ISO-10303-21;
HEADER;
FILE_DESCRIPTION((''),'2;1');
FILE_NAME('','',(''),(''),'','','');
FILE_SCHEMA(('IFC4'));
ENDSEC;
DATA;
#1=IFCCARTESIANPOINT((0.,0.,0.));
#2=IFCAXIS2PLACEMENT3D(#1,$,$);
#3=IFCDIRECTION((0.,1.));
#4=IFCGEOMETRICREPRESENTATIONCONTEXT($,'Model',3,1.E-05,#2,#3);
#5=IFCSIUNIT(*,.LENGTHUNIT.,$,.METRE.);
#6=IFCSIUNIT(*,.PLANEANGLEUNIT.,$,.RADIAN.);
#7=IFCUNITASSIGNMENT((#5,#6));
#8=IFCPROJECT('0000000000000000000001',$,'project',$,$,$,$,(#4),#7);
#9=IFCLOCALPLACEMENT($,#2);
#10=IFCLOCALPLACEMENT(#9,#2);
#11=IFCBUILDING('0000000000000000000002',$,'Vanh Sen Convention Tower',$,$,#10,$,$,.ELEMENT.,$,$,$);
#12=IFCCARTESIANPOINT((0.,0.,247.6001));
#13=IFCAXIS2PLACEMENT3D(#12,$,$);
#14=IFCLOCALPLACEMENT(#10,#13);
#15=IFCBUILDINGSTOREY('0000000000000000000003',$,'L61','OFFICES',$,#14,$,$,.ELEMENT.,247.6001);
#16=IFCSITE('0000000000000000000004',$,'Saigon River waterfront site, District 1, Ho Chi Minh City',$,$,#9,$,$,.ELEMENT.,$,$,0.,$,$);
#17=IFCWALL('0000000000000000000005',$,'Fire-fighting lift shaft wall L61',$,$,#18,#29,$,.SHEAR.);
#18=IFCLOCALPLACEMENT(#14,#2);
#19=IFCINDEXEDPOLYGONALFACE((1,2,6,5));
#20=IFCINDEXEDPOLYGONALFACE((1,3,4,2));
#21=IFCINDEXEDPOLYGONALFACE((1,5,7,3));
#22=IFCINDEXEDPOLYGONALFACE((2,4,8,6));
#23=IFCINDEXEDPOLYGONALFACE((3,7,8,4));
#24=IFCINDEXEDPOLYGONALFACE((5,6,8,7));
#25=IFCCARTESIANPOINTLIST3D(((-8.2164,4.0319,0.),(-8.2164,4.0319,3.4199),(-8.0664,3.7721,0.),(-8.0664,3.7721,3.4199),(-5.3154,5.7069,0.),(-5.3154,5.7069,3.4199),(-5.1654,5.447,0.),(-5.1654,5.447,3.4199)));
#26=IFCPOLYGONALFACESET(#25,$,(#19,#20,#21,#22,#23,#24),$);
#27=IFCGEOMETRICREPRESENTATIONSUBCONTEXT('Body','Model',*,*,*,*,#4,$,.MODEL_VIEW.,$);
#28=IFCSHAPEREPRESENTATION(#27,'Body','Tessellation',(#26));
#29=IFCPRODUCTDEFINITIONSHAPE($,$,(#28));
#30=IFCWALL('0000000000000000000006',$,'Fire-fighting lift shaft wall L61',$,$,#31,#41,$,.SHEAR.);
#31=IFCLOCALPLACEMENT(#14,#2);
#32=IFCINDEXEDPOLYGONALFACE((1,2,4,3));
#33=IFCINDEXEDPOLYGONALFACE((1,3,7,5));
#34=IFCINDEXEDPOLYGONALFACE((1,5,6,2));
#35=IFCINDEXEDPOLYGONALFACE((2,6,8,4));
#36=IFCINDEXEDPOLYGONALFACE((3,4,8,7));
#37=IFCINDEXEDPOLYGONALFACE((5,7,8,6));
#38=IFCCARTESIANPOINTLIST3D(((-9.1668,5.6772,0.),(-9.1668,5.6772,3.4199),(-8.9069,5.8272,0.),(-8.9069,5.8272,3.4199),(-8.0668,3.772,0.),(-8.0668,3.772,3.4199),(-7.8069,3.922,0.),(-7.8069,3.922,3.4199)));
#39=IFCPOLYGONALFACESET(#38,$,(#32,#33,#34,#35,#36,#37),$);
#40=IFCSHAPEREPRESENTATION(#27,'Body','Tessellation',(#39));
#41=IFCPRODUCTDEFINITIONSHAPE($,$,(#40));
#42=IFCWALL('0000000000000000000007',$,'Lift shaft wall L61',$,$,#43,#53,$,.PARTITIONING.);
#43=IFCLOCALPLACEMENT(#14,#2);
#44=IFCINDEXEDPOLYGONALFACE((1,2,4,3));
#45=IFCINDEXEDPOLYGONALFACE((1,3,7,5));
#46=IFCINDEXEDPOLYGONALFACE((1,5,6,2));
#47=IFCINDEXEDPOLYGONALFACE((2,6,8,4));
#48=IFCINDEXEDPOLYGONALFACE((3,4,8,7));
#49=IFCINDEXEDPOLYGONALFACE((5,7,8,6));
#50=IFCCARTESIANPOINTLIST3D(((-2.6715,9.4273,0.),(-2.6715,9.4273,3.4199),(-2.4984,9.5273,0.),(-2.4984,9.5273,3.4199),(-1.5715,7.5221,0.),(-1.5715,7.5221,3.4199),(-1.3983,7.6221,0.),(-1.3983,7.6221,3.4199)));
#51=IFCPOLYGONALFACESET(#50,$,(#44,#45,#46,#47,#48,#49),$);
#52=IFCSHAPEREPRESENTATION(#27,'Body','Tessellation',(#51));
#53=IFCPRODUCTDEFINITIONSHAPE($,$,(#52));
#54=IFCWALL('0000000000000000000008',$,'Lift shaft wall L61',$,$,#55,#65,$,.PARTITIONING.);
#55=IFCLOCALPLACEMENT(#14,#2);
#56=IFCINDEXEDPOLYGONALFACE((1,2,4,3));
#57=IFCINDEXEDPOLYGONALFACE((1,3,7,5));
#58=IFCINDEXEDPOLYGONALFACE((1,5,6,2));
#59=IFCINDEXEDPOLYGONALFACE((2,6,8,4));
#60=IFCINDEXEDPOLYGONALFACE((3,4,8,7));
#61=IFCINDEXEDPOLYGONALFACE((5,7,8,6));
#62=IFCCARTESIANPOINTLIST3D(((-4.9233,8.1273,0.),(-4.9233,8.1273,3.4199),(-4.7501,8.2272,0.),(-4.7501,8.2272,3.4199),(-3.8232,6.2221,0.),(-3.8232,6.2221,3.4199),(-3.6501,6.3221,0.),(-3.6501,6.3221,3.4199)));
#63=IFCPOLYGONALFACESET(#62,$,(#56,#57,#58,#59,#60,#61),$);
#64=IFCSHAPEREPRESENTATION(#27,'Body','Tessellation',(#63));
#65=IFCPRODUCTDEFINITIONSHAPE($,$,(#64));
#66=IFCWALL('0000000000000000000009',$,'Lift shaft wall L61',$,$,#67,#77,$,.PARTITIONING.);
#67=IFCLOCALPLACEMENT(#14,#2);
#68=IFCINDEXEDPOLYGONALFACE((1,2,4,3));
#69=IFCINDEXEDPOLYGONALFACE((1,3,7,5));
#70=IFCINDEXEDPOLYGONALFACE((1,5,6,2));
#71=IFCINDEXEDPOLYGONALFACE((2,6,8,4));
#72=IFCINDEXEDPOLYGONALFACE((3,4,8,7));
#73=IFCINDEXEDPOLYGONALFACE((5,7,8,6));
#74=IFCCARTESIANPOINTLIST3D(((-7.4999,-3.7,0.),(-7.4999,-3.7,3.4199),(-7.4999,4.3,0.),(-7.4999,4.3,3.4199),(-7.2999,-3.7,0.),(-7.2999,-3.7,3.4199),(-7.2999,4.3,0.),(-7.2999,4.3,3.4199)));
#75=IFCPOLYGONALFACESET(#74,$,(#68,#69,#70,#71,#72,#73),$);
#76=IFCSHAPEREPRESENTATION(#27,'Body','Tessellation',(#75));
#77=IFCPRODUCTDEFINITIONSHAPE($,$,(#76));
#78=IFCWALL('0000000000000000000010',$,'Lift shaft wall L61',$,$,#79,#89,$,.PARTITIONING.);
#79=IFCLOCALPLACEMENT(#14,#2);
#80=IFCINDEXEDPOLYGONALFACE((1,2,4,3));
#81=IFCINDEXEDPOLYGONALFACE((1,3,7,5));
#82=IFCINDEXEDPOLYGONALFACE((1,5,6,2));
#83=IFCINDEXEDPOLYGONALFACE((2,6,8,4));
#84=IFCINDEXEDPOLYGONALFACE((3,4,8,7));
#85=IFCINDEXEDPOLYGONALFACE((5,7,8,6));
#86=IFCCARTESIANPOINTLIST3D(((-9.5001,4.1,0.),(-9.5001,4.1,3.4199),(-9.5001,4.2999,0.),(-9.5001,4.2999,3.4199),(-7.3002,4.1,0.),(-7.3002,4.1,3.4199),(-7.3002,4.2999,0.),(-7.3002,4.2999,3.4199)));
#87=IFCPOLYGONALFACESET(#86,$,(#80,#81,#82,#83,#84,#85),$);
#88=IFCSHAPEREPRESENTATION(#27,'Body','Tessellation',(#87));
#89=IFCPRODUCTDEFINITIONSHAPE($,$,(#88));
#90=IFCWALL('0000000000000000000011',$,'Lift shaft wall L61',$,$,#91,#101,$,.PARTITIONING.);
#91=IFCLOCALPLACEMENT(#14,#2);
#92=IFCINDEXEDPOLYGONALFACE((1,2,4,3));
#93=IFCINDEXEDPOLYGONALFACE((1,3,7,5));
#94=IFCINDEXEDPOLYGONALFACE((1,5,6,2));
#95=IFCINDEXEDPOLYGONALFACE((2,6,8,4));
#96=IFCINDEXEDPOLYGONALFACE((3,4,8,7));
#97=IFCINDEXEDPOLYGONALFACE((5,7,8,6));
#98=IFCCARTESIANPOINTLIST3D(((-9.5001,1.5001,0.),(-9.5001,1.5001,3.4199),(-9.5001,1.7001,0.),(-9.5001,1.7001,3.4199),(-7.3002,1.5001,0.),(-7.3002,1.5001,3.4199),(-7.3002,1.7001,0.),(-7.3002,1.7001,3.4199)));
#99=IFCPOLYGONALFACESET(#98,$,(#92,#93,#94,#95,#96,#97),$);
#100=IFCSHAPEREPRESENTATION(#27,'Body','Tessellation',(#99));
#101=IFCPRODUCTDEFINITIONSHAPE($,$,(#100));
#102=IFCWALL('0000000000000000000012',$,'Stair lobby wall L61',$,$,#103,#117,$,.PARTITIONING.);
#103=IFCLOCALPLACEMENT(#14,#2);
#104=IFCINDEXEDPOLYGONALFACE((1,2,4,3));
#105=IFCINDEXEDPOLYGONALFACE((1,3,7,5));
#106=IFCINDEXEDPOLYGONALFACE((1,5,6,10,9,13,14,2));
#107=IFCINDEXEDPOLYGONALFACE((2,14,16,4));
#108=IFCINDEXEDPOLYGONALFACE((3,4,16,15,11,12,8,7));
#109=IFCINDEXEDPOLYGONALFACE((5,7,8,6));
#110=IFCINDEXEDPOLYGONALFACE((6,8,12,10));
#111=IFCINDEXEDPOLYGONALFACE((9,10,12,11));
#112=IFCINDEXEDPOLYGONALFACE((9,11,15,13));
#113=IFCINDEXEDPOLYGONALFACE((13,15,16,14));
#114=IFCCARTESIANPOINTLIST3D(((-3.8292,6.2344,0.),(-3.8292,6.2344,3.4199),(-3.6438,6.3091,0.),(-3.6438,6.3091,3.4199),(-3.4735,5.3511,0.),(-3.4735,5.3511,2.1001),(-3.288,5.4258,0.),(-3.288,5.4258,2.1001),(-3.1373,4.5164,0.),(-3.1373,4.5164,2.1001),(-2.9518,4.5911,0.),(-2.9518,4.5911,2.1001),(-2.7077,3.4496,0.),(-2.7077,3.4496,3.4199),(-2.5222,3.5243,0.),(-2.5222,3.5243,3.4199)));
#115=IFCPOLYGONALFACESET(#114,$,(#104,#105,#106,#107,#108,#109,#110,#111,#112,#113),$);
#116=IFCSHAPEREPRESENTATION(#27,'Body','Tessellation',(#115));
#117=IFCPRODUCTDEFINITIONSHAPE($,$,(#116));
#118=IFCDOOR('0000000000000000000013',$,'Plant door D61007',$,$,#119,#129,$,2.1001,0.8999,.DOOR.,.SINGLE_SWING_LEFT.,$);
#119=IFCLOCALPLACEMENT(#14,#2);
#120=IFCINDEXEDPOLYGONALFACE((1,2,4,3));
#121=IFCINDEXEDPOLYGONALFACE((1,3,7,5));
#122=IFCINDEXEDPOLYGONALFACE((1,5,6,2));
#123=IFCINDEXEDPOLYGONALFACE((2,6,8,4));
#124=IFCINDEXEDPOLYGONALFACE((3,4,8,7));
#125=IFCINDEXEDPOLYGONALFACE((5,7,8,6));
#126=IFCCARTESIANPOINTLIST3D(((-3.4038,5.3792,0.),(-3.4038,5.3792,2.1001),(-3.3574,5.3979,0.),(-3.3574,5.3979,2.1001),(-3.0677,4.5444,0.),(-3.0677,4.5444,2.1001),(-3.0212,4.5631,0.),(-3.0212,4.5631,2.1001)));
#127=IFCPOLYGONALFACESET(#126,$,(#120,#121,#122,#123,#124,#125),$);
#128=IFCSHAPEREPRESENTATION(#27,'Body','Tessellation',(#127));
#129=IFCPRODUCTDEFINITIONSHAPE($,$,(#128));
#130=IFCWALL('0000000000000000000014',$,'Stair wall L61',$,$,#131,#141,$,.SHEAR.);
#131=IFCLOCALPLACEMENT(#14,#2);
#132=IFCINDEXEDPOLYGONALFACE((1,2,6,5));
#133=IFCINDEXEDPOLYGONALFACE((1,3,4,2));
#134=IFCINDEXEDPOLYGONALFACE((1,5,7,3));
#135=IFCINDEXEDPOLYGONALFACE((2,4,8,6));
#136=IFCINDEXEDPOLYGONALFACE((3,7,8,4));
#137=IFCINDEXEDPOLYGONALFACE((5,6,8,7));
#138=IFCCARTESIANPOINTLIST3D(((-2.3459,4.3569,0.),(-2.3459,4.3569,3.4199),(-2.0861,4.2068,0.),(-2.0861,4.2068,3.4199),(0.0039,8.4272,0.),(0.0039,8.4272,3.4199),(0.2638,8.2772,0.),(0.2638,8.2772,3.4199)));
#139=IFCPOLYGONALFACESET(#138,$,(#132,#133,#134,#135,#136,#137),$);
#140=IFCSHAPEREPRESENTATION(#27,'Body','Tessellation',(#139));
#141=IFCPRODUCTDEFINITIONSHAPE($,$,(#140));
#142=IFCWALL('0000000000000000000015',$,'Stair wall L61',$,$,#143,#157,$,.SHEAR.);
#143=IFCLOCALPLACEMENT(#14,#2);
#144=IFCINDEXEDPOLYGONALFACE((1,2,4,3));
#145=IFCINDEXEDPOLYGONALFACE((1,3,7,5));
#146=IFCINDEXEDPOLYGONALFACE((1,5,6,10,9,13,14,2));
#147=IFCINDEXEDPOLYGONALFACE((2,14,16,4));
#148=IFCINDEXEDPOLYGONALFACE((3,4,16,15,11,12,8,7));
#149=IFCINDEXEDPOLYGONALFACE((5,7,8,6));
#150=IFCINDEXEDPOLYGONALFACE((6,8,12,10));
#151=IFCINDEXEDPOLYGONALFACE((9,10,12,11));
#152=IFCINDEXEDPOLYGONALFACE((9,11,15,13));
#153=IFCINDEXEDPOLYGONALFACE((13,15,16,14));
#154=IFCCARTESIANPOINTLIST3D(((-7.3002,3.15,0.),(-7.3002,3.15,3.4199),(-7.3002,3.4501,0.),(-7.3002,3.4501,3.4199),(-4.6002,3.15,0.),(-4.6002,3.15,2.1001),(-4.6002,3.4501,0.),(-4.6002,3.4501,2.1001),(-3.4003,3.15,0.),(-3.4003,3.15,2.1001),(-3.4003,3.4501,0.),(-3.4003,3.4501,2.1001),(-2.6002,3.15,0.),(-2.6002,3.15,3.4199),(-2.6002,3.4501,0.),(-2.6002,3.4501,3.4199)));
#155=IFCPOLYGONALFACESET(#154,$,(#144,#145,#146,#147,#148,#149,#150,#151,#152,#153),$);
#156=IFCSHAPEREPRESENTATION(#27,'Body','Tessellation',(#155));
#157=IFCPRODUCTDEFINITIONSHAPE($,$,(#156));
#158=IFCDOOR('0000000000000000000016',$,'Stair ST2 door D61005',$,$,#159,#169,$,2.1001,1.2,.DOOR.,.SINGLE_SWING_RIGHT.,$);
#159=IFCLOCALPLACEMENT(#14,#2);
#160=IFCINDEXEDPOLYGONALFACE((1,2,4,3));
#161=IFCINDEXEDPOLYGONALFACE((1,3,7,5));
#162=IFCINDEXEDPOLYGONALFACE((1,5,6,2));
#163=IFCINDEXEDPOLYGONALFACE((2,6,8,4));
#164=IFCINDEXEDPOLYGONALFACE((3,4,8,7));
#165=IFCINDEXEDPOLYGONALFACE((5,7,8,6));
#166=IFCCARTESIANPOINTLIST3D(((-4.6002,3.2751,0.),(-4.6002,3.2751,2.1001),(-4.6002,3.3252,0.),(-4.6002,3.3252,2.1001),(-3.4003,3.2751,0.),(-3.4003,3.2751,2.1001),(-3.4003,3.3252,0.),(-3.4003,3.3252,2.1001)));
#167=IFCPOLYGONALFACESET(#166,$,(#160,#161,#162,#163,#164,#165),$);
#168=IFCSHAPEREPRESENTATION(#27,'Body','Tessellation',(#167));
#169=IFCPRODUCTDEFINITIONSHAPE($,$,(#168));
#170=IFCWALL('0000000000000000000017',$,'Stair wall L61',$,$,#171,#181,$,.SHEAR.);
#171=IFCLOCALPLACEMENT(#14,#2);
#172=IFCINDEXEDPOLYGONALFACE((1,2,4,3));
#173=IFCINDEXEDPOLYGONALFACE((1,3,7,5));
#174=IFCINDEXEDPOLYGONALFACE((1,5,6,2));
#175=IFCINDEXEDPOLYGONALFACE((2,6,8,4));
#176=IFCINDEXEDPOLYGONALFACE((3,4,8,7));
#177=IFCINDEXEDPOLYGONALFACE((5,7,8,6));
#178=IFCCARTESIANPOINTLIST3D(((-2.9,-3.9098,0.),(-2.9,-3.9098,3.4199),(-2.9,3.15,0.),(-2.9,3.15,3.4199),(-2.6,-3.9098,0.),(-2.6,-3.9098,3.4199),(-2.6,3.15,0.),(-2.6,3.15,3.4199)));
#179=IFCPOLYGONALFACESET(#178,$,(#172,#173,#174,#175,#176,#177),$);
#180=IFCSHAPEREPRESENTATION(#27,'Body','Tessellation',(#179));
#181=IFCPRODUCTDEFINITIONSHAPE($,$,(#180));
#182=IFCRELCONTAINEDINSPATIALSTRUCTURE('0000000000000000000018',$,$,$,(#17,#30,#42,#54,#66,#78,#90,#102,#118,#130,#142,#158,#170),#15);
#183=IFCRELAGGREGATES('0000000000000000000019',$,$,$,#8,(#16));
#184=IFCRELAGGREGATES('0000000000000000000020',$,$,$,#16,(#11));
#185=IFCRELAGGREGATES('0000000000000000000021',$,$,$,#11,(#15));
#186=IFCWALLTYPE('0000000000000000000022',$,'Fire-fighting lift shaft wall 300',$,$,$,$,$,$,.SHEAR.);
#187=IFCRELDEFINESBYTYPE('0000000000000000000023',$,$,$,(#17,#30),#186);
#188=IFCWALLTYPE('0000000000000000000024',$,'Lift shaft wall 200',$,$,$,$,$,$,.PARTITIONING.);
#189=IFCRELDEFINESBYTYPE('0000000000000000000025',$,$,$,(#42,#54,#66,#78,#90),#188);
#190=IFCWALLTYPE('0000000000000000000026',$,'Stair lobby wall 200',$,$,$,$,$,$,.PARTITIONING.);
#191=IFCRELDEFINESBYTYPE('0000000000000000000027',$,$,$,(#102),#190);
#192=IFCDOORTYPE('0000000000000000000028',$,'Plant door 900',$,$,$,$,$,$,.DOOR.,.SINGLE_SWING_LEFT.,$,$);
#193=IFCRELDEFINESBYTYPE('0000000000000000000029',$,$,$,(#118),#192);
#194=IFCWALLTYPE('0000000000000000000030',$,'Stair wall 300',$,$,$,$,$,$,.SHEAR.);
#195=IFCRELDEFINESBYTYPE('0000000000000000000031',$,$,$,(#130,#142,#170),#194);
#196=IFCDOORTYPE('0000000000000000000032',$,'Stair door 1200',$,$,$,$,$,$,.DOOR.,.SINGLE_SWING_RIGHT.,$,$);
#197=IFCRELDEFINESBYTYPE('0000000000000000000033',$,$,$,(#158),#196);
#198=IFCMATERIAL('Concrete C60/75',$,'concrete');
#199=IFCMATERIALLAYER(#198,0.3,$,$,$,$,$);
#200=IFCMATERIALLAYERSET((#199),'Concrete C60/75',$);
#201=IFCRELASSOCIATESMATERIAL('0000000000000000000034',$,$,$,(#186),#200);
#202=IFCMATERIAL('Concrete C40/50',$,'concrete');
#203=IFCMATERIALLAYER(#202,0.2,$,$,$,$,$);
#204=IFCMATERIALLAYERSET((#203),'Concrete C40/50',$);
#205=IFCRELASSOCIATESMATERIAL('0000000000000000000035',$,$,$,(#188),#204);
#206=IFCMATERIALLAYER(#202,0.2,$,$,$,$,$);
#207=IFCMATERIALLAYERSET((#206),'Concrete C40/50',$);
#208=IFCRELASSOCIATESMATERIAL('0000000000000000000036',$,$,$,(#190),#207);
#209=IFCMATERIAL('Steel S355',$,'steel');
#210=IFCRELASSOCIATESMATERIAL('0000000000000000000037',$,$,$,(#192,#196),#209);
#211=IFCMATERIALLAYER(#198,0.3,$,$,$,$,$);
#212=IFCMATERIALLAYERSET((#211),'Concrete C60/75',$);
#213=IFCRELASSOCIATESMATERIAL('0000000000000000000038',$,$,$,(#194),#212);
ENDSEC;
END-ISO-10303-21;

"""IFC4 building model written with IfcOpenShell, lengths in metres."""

from ifc_helpers import new_model, si_unit, direction, frame, frame_2d, origin, place, context, subcontext, project, spatial, rectangle, extrude, material, layer, layer_set, type_object, element, fill, save


model = new_model("IFC4")

# Units and contexts
model_context = context("Model", 3, precision=1e-05, world=origin(), true_north=direction((0.0, 1.0)))
body_context = subcontext(model_context, "Body", "Model", "MODEL_VIEW")
ifc_project = project(units=[si_unit("LENGTHUNIT", "METRE"), si_unit("PLANEANGLEUNIT", "RADIAN")], contexts=[model_context])

# Site, building, storey
site_placement = place(None, origin())
site = spatial("IfcSite", under=ifc_project, at=site_placement, Name="Saigon River waterfront site, District 1, Ho Chi Minh City", CompositionType="ELEMENT", RefElevation=0.0)
building_placement = place(site_placement, origin())
building = spatial("IfcBuilding", under=site, at=building_placement, Name="Vanh Sen Convention Tower", CompositionType="ELEMENT")
storey_placement = place(building_placement, frame((0.0, 0.0, 247.6001)))
storey = spatial("IfcBuildingStorey", under=building, at=storey_placement, Name="L61", Description="OFFICES", CompositionType="ELEMENT", Elevation=247.6001)

# Shared definitions
ifc_material_1 = material(Name="Concrete C60/75", Category="concrete")

# Shared definitions
ifc_layer_1 = layer(ifc_material_1, 0.3)
ifc_layer_set_1 = layer_set([ifc_layer_1], Name="Concrete C60/75")
wall_type_1 = type_object("IfcWallType", Name="Fire-fighting lift shaft wall 300", PredefinedType="SHEAR", material=ifc_layer_set_1)

# Walls
wall_1_placement = place(storey_placement, frame((-5.2405, 5.5769, 0.0), z_axis=(0.0, 0.0, 1.0), x_axis=(-0.866014, -0.500019, 0.0)))
element("IfcWall", 1, at=wall_1_placement, inside=storey, type_object=wall_type_1, Name="Fire-fighting lift shaft wall L61", PredefinedType="SHEAR", context=body_context, shape_type="SweptSolid", body=[
    extrude(rectangle(XDim=3.3499, YDim=0.3, at=frame_2d((1.6748, 0.0))), origin(), (0.0, 0.0, 1.0), 3.4199),
])
wall_2_placement = place(storey_placement, frame((-7.9368, 3.8469, 0.0), z_axis=(0.0, 0.0, 1.0), x_axis=(-0.50003, 0.866008, 0.0)))
element("IfcWall", 2, at=wall_2_placement, inside=storey, type_object=wall_type_1, Name="Fire-fighting lift shaft wall L61", PredefinedType="SHEAR", context=body_context, shape_type="SweptSolid", body=[
    extrude(rectangle(XDim=2.2, YDim=0.3, at=frame_2d((1.1001, 0.0))), origin(), (0.0, 0.0, 1.0), 3.4199),
])
ifc_material_2 = material(Name="Concrete C40/50", Category="concrete")
ifc_layer_2 = layer(ifc_material_2, 0.2)
ifc_layer_set_2 = layer_set([ifc_layer_2], Name="Concrete C40/50")
wall_type_2 = type_object("IfcWallType", Name="Lift shaft wall 200", PredefinedType="PARTITIONING", material=ifc_layer_set_2)
for number, where, z_axis, x_axis, name in (
    (3, (-1.4849, 7.572, 0.0), (0.0, 0.0, 1.0), (-0.50003, 0.866008, 0.0), "Lift shaft wall L61"),
    (4, (-3.7366, 6.272, 0.0), (0.0, 0.0, 1.0), (-0.50003, 0.866008, 0.0), "Lift shaft wall L61"),
):
    element("IfcWall", number, at=place(storey_placement, frame(where, z_axis=z_axis, x_axis=x_axis)), inside=storey, type_object=wall_type_2, Name=name, PredefinedType="PARTITIONING", context=body_context, shape_type="SweptSolid", body=[
        extrude(rectangle(XDim=2.2, YDim=0.2, at=frame_2d((1.1001, 0.0))), origin(), (0.0, 0.0, 1.0), 3.4199),
    ])
wall_3_placement = place(storey_placement, frame((-7.3999, 4.3, 0.0), z_axis=(0.0, 0.0, 1.0), x_axis=(0.0, -1.0, 0.0)))
element("IfcWall", 5, at=wall_3_placement, inside=storey, type_object=wall_type_2, Name="Lift shaft wall L61", PredefinedType="PARTITIONING", context=body_context, shape_type="SweptSolid", body=[
    extrude(rectangle(XDim=8.0, YDim=0.2, at=frame_2d((4.0, 0.0))), origin(), (0.0, 0.0, 1.0), 3.4199),
])
for number, where, z_axis, x_axis, name in (
    (6, (-7.3, 4.2, 0.0), (0.0, 0.0, 1.0), (-1.0, 0.0, 0.0), "Lift shaft wall L61"),
    (7, (-7.3, 1.6001, 0.0), (0.0, 0.0, 1.0), (-1.0, 0.0, 0.0), "Lift shaft wall L61"),
):
    element("IfcWall", number, at=place(storey_placement, frame(where, z_axis=z_axis, x_axis=x_axis)), inside=storey, type_object=wall_type_2, Name=name, PredefinedType="PARTITIONING", context=body_context, shape_type="SweptSolid", body=[
        extrude(rectangle(XDim=2.2, YDim=0.2, at=frame_2d((1.1001, 0.0))), origin(), (0.0, 0.0, 1.0), 3.4199),
    ])

# Wall, opening, door
ifc_layer_3 = layer(ifc_material_2, 0.2)
ifc_layer_set_3 = layer_set([ifc_layer_3], Name="Concrete C40/50")
wall_type_3 = type_object("IfcWallType", Name="Stair lobby wall 200", PredefinedType="PARTITIONING", material=ifc_layer_set_3)
wall_4_placement = place(storey_placement, frame((-2.615, 3.4871, 0.0), z_axis=(0.0, 0.0, 1.0), x_axis=(-0.373577, 0.927599, 0.0)))
wall_4 = element("IfcWall", 8, at=wall_4_placement, inside=storey, type_object=wall_type_3, Name="Stair lobby wall L61", PredefinedType="PARTITIONING", context=body_context, shape_type="SweptSolid", body=[
    extrude(rectangle(XDim=3.0022, YDim=0.2, at=frame_2d((1.501, 0.0))), origin(), (0.0, 0.0, 1.0), 3.4199),
])
opening_1_placement = place(wall_4_placement, frame((1.1499, 0.0, 0.0)))
opening_1 = element("IfcOpeningElement", 9, at=opening_1_placement, cuts=wall_4, PredefinedType="OPENING", context=body_context, shape_type="SweptSolid", body=[
    extrude(rectangle(XDim=0.8999, YDim=2.1001, at=frame_2d((0.45, 1.05))), frame((0.0, 0.1099, 0.0), z_axis=(0.0, -1.0, 0.0), x_axis=(1.0, 0.0, 0.0)), (0.0, 0.0, 1.0), 0.22),
])
ifc_material_3 = material(Name="Steel S355", Category="steel")
door_type_1 = type_object("IfcDoorType", Name="Plant door 900", OperationType="SINGLE_SWING_LEFT", PredefinedType="DOOR", material=ifc_material_3)
door_1_placement = place(opening_1_placement, origin())
door_1 = element("IfcDoor", 10, at=door_1_placement, inside=storey, type_object=door_type_1, Name="Plant door D61007", OperationType="SINGLE_SWING_LEFT", OverallHeight=2.1001, OverallWidth=0.8999, PredefinedType="DOOR", context=body_context, shape_type="SweptSolid", body=[
    extrude(rectangle(XDim=0.8999, YDim=2.1001, at=frame_2d((0.45, 1.05))), frame((0.0, 0.0249, 0.0), z_axis=(0.0, -1.0, 0.0), x_axis=(1.0, 0.0, 0.0)), (0.0, 0.0, 1.0), 0.05),
])
fill(opening_1, door_1)

# Wall
ifc_layer_4 = layer(ifc_material_1, 0.3)
ifc_layer_set_4 = layer_set([ifc_layer_4], Name="Concrete C60/75")
wall_type_4 = type_object("IfcWallType", Name="Stair wall 300", PredefinedType="SHEAR", material=ifc_layer_set_4)
wall_5_placement = place(storey_placement, frame((-2.2161, 4.2817, 0.0), z_axis=(0.0, 0.0, 1.0), x_axis=(0.499977, 0.866039, 0.0)))
element("IfcWall", 11, at=wall_5_placement, inside=storey, type_object=wall_type_4, Name="Stair wall L61", PredefinedType="SHEAR", context=body_context, shape_type="SweptSolid", body=[
    extrude(rectangle(XDim=4.7, YDim=0.3, at=frame_2d((2.3501, 0.0))), origin(), (0.0, 0.0, 1.0), 3.4199),
])

# Wall, opening, door
wall_6_placement = place(storey_placement, frame((-2.6001, 3.3, 0.0), z_axis=(0.0, 0.0, 1.0), x_axis=(-1.0, 0.0, 0.0)))
wall_6 = element("IfcWall", 12, at=wall_6_placement, inside=storey, type_object=wall_type_4, Name="Stair wall L61", PredefinedType="SHEAR", context=body_context, shape_type="SweptSolid", body=[
    extrude(rectangle(XDim=4.7, YDim=0.3, at=frame_2d((2.3501, 0.0))), origin(), (0.0, 0.0, 1.0), 3.4199),
])
opening_2_placement = place(wall_6_placement, frame((0.8, 0.0, 0.0)))
opening_2 = element("IfcOpeningElement", 13, at=opening_2_placement, cuts=wall_6, PredefinedType="OPENING", context=body_context, shape_type="SweptSolid", body=[
    extrude(rectangle(XDim=1.2, YDim=2.1001, at=frame_2d((0.6001, 1.05))), frame((0.0, 0.1599, 0.0), z_axis=(0.0, -1.0, 0.0), x_axis=(1.0, 0.0, 0.0)), (0.0, 0.0, 1.0), 0.3201),
])
door_type_2 = type_object("IfcDoorType", Name="Stair door 1200", OperationType="SINGLE_SWING_RIGHT", PredefinedType="DOOR", material=ifc_material_3)
door_2_placement = place(opening_2_placement, origin())
door_2 = element("IfcDoor", 14, at=door_2_placement, inside=storey, type_object=door_type_2, Name="Stair ST2 door D61005", OperationType="SINGLE_SWING_RIGHT", OverallHeight=2.1001, OverallWidth=1.2, PredefinedType="DOOR", context=body_context, shape_type="SweptSolid", body=[
    extrude(rectangle(XDim=1.2, YDim=2.1001, at=frame_2d((0.6001, 1.05))), frame((0.0, 0.0249, 0.0), z_axis=(0.0, -1.0, 0.0), x_axis=(1.0, 0.0, 0.0)), (0.0, 0.0, 1.0), 0.05),
])
fill(opening_2, door_2)

# Wall
for number, where, z_axis, x_axis, name in (
    (15, (-2.75, 3.1499, 0.0), (0.0, 0.0, 1.0), (0.0, -1.0, 0.0), "Stair wall L61"),
):
    element("IfcWall", number, at=place(storey_placement, frame(where, z_axis=z_axis, x_axis=x_axis)), inside=storey, type_object=wall_type_4, Name=name, PredefinedType="SHEAR", context=body_context, shape_type="SweptSolid", body=[
        extrude(rectangle(XDim=7.0598, YDim=0.3, at=frame_2d((3.5298, 0.0))), origin(), (0.0, 0.0, 1.0), 3.4199),
    ])

save(model, "model.ifc")
